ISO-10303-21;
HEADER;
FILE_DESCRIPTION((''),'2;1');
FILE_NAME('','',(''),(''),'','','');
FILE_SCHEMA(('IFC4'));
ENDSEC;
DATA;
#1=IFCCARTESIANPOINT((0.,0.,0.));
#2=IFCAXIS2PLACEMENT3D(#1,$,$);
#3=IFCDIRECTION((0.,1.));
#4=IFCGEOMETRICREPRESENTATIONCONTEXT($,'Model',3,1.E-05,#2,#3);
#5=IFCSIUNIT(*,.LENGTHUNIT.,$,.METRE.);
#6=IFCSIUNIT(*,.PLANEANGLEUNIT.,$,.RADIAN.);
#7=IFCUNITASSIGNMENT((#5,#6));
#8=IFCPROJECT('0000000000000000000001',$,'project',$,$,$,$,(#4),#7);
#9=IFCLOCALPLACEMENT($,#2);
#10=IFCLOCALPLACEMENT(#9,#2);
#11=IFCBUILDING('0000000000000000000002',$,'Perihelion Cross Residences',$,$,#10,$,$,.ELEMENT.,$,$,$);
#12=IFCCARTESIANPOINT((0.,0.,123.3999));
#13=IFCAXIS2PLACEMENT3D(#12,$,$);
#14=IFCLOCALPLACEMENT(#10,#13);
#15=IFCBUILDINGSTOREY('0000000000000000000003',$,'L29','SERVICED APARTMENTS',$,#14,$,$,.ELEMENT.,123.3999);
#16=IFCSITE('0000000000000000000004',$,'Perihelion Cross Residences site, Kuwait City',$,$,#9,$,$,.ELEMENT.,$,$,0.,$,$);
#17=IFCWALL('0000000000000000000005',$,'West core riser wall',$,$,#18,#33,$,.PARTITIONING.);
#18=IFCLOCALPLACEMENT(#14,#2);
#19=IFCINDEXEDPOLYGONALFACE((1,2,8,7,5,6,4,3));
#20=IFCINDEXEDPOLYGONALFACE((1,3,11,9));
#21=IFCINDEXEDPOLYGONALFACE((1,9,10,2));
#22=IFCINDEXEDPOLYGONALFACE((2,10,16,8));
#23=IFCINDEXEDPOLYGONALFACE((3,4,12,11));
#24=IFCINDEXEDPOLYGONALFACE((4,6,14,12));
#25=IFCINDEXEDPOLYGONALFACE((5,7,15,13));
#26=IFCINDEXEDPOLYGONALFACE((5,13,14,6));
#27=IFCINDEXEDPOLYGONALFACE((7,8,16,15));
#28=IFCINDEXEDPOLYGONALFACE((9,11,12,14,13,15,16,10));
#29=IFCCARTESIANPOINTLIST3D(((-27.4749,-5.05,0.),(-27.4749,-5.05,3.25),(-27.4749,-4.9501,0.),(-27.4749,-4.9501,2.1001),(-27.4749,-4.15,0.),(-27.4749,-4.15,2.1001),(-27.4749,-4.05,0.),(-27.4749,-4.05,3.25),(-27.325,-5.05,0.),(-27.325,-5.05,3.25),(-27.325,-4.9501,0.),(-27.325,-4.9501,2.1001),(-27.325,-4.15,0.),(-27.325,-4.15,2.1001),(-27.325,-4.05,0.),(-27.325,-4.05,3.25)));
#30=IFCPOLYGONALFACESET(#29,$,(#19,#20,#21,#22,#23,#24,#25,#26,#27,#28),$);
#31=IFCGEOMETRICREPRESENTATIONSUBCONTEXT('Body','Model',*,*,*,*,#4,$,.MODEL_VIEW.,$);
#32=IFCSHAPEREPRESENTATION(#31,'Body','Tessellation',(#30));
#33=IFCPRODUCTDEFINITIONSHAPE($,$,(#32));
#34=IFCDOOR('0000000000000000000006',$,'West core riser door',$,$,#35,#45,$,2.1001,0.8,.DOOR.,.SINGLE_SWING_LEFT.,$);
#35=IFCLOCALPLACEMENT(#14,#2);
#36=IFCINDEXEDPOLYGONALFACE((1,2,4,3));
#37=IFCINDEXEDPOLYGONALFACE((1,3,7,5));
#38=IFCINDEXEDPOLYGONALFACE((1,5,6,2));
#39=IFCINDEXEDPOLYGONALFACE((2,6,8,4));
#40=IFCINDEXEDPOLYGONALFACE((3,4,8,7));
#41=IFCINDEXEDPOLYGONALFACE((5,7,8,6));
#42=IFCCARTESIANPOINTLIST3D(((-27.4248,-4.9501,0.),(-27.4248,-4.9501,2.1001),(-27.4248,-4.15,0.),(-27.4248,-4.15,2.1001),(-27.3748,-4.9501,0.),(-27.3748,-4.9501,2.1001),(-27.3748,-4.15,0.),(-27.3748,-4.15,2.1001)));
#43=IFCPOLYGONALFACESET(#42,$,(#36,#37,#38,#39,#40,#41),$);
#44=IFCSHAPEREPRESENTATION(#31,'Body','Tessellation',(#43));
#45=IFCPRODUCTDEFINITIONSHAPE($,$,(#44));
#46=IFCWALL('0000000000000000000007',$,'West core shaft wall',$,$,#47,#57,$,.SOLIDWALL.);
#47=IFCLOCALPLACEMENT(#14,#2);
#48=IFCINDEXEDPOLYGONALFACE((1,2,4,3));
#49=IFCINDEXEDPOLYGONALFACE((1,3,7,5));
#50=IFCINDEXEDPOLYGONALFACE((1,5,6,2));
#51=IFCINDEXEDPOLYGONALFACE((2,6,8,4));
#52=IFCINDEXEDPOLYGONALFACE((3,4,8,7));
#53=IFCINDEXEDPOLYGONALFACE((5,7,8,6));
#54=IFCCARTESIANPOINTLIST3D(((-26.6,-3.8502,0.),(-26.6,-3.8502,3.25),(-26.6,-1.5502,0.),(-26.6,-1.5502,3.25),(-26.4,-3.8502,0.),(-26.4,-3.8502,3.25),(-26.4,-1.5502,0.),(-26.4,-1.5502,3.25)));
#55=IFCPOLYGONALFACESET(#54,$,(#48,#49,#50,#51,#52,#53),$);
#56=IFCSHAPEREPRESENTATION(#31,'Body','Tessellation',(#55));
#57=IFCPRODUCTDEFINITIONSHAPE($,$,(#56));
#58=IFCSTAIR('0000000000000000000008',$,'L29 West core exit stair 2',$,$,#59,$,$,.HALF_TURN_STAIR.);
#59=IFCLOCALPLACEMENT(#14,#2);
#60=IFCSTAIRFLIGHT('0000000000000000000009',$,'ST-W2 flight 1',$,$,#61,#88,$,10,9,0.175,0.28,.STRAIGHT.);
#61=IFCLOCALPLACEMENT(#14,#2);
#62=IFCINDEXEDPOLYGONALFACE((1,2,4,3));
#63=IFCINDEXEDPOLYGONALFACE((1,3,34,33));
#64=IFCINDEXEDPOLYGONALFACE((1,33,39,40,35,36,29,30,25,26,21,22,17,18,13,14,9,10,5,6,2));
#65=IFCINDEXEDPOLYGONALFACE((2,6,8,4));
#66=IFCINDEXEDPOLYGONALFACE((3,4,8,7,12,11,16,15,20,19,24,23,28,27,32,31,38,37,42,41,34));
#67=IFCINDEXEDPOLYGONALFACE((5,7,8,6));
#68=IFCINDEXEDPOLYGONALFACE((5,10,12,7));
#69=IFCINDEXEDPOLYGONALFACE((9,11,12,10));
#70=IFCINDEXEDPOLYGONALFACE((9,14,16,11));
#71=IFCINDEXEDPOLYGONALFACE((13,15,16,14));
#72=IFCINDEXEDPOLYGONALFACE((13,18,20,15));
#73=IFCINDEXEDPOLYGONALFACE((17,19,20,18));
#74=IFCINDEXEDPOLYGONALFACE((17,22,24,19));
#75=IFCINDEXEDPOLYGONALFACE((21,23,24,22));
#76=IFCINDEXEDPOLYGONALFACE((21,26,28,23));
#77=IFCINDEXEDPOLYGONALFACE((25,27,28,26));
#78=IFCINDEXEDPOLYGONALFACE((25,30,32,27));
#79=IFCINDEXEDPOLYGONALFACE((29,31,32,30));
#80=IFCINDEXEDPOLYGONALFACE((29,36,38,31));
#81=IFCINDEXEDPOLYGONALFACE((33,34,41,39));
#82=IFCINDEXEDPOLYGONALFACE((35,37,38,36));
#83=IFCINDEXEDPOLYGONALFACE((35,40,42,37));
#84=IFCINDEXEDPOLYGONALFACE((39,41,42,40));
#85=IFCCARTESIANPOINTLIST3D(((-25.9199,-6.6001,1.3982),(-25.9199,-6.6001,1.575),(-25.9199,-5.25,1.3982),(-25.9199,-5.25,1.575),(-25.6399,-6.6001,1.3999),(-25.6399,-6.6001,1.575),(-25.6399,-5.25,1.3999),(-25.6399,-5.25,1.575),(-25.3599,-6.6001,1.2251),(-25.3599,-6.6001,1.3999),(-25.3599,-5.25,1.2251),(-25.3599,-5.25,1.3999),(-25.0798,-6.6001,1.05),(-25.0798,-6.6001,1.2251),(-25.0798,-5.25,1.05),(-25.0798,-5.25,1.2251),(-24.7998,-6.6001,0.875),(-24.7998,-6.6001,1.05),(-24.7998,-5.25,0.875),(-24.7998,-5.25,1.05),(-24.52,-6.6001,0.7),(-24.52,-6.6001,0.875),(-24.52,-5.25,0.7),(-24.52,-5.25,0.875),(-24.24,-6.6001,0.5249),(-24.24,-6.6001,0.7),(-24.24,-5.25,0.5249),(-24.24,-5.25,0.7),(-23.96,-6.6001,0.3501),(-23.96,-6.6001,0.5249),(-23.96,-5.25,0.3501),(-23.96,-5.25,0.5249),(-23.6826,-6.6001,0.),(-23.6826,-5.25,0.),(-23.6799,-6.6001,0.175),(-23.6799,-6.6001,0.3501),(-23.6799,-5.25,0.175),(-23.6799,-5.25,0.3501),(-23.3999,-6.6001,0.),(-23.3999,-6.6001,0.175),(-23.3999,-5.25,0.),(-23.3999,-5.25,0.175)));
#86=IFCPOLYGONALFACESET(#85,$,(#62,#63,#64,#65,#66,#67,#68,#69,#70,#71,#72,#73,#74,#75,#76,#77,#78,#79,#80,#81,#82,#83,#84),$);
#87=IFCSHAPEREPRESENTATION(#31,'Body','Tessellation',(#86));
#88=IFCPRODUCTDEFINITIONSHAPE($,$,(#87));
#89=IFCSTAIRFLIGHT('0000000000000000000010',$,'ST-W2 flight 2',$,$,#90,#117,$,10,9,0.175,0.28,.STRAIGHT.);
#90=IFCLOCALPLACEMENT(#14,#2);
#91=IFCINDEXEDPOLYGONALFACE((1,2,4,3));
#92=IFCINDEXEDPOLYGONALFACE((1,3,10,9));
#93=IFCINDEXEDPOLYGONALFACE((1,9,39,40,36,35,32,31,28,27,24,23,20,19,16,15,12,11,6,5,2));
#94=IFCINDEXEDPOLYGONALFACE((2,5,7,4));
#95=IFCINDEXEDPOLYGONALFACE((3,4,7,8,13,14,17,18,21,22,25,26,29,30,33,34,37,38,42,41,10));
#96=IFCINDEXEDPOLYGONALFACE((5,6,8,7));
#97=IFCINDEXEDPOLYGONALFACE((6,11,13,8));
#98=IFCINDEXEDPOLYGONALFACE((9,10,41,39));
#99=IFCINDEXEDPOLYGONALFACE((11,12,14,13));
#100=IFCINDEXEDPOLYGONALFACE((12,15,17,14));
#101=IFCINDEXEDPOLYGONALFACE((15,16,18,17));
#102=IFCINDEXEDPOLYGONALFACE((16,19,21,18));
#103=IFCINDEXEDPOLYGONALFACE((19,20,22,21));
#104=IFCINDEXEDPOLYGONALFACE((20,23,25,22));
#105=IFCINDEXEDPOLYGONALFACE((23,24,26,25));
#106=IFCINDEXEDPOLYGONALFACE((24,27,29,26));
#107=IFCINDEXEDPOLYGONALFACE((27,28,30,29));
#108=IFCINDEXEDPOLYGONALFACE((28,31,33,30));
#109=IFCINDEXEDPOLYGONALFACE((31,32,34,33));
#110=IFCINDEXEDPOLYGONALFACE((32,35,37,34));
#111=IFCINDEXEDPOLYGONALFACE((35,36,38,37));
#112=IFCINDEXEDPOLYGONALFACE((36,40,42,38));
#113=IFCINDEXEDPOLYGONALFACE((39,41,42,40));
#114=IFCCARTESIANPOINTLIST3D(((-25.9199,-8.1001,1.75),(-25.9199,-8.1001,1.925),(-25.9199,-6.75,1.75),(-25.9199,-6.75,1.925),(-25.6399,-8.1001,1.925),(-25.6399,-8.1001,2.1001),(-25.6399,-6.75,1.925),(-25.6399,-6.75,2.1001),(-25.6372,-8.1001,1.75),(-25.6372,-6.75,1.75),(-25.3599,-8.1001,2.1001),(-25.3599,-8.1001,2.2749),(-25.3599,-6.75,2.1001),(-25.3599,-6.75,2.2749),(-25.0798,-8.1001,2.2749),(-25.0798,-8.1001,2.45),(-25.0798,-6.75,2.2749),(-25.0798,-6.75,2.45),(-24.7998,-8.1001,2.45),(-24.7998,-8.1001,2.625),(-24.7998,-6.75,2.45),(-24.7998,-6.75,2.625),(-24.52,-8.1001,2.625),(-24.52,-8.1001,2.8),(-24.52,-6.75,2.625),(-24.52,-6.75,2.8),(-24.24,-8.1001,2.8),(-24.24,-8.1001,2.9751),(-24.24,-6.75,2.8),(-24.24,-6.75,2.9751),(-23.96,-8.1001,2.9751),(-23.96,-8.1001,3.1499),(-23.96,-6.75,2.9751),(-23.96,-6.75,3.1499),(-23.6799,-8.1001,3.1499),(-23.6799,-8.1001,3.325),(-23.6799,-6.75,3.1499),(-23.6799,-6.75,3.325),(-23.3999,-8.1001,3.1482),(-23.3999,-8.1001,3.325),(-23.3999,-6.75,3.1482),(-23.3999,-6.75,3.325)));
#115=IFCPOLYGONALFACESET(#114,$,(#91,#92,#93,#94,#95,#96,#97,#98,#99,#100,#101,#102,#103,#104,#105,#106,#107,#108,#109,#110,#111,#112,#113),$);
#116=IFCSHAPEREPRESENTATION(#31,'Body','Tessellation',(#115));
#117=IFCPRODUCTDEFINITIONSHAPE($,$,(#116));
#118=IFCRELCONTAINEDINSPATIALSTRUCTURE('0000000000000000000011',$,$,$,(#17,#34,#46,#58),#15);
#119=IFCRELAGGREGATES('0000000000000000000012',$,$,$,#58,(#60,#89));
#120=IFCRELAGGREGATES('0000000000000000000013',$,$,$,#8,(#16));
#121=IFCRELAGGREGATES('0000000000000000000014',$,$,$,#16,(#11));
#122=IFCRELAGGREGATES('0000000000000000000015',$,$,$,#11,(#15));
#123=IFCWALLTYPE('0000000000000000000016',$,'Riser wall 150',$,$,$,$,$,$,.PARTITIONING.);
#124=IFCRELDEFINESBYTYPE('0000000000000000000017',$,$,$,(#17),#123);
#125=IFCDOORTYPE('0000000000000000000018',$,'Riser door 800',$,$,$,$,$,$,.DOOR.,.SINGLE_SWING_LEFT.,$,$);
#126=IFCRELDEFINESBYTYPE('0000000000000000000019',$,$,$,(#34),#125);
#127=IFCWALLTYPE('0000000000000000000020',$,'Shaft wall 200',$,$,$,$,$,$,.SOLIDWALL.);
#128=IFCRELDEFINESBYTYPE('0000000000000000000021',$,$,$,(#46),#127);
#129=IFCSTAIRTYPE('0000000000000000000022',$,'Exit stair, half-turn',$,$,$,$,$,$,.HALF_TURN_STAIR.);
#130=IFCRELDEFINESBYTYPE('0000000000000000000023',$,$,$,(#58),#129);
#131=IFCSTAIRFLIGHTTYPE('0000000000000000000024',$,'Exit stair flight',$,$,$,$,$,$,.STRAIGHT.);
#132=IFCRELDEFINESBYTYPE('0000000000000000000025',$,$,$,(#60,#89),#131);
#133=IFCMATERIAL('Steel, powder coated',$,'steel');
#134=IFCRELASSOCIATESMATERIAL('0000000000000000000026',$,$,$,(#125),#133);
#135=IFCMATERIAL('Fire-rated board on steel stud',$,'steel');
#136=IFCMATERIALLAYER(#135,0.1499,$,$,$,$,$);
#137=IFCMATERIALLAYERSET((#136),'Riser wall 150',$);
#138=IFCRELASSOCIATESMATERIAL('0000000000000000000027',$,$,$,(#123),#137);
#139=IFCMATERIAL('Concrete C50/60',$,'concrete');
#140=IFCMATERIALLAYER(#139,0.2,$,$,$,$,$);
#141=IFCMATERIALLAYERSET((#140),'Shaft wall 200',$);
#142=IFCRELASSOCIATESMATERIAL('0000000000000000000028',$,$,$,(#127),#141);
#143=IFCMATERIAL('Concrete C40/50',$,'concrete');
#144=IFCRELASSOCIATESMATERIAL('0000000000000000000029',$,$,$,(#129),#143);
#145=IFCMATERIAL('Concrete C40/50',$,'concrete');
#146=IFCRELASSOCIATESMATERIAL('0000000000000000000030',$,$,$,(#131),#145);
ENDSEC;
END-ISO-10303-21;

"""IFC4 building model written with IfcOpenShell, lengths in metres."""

from ifc_helpers import new_model, si_unit, direction, frame, frame_2d, origin, place, context, subcontext, project, spatial, polyline, rectangle, outline, extrude, material, layer, layer_set, type_object, element, fill, aggregate, save


model = new_model("IFC4")

# Units and contexts
model_context = context("Model", 3, precision=1e-05, world=origin(), true_north=direction((0.0, 1.0)))
body_context = subcontext(model_context, "Body", "Model", "MODEL_VIEW")
ifc_project = project(units=[si_unit("LENGTHUNIT", "METRE"), si_unit("PLANEANGLEUNIT", "RADIAN")], contexts=[model_context])

# Site, building, storey
site_placement = place(None, origin())
site = spatial("IfcSite", under=ifc_project, at=site_placement, Name="Perihelion Cross Residences site, Kuwait City", CompositionType="ELEMENT", RefElevation=0.0)
building_placement = place(site_placement, origin())
building = spatial("IfcBuilding", under=site, at=building_placement, Name="Perihelion Cross Residences", CompositionType="ELEMENT")
storey_placement = place(building_placement, frame((0.0, 0.0, 123.3999)))
storey = spatial("IfcBuildingStorey", under=building, at=storey_placement, Name="L29", Description="SERVICED APARTMENTS", CompositionType="ELEMENT", Elevation=123.3999)

# Wall, opening, door
ifc_material_1 = material(Name="Steel, powder coated", Category="steel")
door_type_1 = type_object("IfcDoorType", Name="Riser door 800", OperationType="SINGLE_SWING_LEFT", PredefinedType="DOOR", material=ifc_material_1)
ifc_material_2 = material(Name="Fire-rated board on steel stud", Category="steel")
ifc_layer_1 = layer(ifc_material_2, 0.1499)
ifc_layer_set_1 = layer_set([ifc_layer_1], Name="Riser wall 150")
wall_type_1 = type_object("IfcWallType", Name="Riser wall 150", PredefinedType="PARTITIONING", material=ifc_layer_set_1)
wall_1_placement = place(storey_placement, frame((-27.3999, -5.05, 0.0), z_axis=(0.0, 0.0, 1.0), x_axis=(0.0, 1.0, 0.0)))
wall_1 = element("IfcWall", 1, at=wall_1_placement, inside=storey, type_object=wall_type_1, Name="West core riser wall", PredefinedType="PARTITIONING", context=body_context, shape_type="SweptSolid", body=[
    extrude(rectangle(XDim=1.0, YDim=0.1499, at=frame_2d((0.5, 0.0))), origin(), (0.0, 0.0, 1.0), 3.25),
])
opening_1_placement = place(wall_1_placement, frame((0.1001, 0.0, 0.0)))
opening_1 = element("IfcOpeningElement", 2, at=opening_1_placement, cuts=wall_1, PredefinedType="OPENING", context=body_context, shape_type="SweptSolid", body=[
    extrude(rectangle(XDim=0.8, YDim=2.1001, at=frame_2d((0.3999, 1.05))), frame((0.0, 0.085, 0.0), z_axis=(0.0, -1.0, 0.0), x_axis=(1.0, 0.0, 0.0)), (0.0, 0.0, 1.0), 0.1699),
])
door_1_placement = place(opening_1_placement, origin())
door_1 = element("IfcDoor", 3, at=door_1_placement, inside=storey, type_object=door_type_1, Name="West core riser door", OperationType="SINGLE_SWING_LEFT", OverallHeight=2.1001, OverallWidth=0.8, PredefinedType="DOOR", context=body_context, shape_type="SweptSolid", body=[
    extrude(rectangle(XDim=0.8, YDim=2.1001, at=frame_2d((0.3999, 1.05))), frame((0.0, 0.0249, 0.0), z_axis=(0.0, -1.0, 0.0), x_axis=(1.0, 0.0, 0.0)), (0.0, 0.0, 1.0), 0.05),
])
fill(opening_1, door_1)

# Wall
ifc_material_3 = material(Name="Concrete C50/60", Category="concrete")
ifc_layer_2 = layer(ifc_material_3, 0.2)
ifc_layer_set_2 = layer_set([ifc_layer_2], Name="Shaft wall 200")
wall_type_2 = type_object("IfcWallType", Name="Shaft wall 200", PredefinedType="SOLIDWALL", material=ifc_layer_set_2)
wall_2_placement = place(storey_placement, frame((-26.5, -3.8501, 0.0), z_axis=(0.0, 0.0, 1.0), x_axis=(0.0, 1.0, 0.0)))
element("IfcWall", 4, at=wall_2_placement, inside=storey, type_object=wall_type_2, Name="West core shaft wall", PredefinedType="SOLIDWALL", context=body_context, shape_type="SweptSolid", body=[
    extrude(rectangle(XDim=2.3, YDim=0.2, at=frame_2d((1.1499, 0.0))), origin(), (0.0, 0.0, 1.0), 3.25),
])

# Stair, stair flights
ifc_material_4 = material(Name="Concrete C40/50", Category="concrete")
stair_type = type_object("IfcStairType", Name="Exit stair, half-turn", PredefinedType="HALF_TURN_STAIR", material=ifc_material_4)
stair_placement = place(storey_placement, origin())
stair = element("IfcStair", 5, at=stair_placement, inside=storey, type_object=stair_type, Name="L29 West core exit stair 2", PredefinedType="HALF_TURN_STAIR")
ifc_material_5 = material(Name="Concrete C40/50", Category="concrete")
stair_flight_type = type_object("IfcStairFlightType", Name="Exit stair flight", PredefinedType="STRAIGHT", material=ifc_material_5)
stair_flight_1_placement = place(storey_placement, frame((-23.3999, -5.925, 0.0), z_axis=(0.0, 0.0, 1.0), x_axis=(-1.0, 0.0, 0.0)))
stair_flight_1 = element("IfcStairFlight", 6, at=stair_flight_1_placement, type_object=stair_flight_type, Name="ST-W2 flight 1", NumberOfRisers=10, NumberOfTreads=9, PredefinedType="STRAIGHT", RiserHeight=0.175, TreadLength=0.28, context=body_context, shape_type="SweptSolid", body=[
    extrude(outline(polyline([(0.0, 0.0), (0.0, 0.175), (0.28, 0.175), (0.28, 0.3501), (0.5601, 0.3501), (0.5601, 0.5249), (0.8401, 0.5249), (0.8401, 0.7), (1.1201, 0.7), (1.1201, 0.875), (1.3999, 0.875), (1.3999, 1.05), (1.6799, 1.05), (1.6799, 1.2251), (1.96, 1.2251), (1.96, 1.3999), (2.24, 1.3999), (2.24, 1.575), (2.52, 1.575), (2.52, 1.75), (2.52, 1.3982), (0.2827, 0.0), (0.0, 0.0)])), frame((0.0, 0.675, 0.0), z_axis=(0.0, -1.0, 0.0), x_axis=(1.0, 0.0, 0.0)), (0.0, 0.0, 1.0), 1.3501),
])
stair_flight_2_placement = place(storey_placement, frame((-25.9199, -7.425, 1.75), z_axis=(0.0, 0.0, 1.0), x_axis=(1.0, 0.0, 0.0)))
stair_flight_2 = element("IfcStairFlight", 7, at=stair_flight_2_placement, type_object=stair_flight_type, Name="ST-W2 flight 2", NumberOfRisers=10, NumberOfTreads=9, PredefinedType="STRAIGHT", RiserHeight=0.175, TreadLength=0.28, context=body_context, shape_type="SweptSolid", body=[
    extrude(outline(polyline([(0.0, 0.0), (0.0, 0.175), (0.28, 0.175), (0.28, 0.3501), (0.5601, 0.3501), (0.5601, 0.5249), (0.8401, 0.5249), (0.8401, 0.7), (1.1201, 0.7), (1.1201, 0.875), (1.3999, 0.875), (1.3999, 1.05), (1.6799, 1.05), (1.6799, 1.2251), (1.96, 1.2251), (1.96, 1.3999), (2.24, 1.3999), (2.24, 1.575), (2.52, 1.575), (2.52, 1.75), (2.52, 1.3982), (0.2827, 0.0), (0.0, 0.0)])), frame((0.0, 0.675, 0.0), z_axis=(0.0, -1.0, 0.0), x_axis=(1.0, 0.0, 0.0)), (0.0, 0.0, 1.0), 1.3501),
])
aggregate(stair, [stair_flight_1, stair_flight_2])

save(model, "model.ifc")
